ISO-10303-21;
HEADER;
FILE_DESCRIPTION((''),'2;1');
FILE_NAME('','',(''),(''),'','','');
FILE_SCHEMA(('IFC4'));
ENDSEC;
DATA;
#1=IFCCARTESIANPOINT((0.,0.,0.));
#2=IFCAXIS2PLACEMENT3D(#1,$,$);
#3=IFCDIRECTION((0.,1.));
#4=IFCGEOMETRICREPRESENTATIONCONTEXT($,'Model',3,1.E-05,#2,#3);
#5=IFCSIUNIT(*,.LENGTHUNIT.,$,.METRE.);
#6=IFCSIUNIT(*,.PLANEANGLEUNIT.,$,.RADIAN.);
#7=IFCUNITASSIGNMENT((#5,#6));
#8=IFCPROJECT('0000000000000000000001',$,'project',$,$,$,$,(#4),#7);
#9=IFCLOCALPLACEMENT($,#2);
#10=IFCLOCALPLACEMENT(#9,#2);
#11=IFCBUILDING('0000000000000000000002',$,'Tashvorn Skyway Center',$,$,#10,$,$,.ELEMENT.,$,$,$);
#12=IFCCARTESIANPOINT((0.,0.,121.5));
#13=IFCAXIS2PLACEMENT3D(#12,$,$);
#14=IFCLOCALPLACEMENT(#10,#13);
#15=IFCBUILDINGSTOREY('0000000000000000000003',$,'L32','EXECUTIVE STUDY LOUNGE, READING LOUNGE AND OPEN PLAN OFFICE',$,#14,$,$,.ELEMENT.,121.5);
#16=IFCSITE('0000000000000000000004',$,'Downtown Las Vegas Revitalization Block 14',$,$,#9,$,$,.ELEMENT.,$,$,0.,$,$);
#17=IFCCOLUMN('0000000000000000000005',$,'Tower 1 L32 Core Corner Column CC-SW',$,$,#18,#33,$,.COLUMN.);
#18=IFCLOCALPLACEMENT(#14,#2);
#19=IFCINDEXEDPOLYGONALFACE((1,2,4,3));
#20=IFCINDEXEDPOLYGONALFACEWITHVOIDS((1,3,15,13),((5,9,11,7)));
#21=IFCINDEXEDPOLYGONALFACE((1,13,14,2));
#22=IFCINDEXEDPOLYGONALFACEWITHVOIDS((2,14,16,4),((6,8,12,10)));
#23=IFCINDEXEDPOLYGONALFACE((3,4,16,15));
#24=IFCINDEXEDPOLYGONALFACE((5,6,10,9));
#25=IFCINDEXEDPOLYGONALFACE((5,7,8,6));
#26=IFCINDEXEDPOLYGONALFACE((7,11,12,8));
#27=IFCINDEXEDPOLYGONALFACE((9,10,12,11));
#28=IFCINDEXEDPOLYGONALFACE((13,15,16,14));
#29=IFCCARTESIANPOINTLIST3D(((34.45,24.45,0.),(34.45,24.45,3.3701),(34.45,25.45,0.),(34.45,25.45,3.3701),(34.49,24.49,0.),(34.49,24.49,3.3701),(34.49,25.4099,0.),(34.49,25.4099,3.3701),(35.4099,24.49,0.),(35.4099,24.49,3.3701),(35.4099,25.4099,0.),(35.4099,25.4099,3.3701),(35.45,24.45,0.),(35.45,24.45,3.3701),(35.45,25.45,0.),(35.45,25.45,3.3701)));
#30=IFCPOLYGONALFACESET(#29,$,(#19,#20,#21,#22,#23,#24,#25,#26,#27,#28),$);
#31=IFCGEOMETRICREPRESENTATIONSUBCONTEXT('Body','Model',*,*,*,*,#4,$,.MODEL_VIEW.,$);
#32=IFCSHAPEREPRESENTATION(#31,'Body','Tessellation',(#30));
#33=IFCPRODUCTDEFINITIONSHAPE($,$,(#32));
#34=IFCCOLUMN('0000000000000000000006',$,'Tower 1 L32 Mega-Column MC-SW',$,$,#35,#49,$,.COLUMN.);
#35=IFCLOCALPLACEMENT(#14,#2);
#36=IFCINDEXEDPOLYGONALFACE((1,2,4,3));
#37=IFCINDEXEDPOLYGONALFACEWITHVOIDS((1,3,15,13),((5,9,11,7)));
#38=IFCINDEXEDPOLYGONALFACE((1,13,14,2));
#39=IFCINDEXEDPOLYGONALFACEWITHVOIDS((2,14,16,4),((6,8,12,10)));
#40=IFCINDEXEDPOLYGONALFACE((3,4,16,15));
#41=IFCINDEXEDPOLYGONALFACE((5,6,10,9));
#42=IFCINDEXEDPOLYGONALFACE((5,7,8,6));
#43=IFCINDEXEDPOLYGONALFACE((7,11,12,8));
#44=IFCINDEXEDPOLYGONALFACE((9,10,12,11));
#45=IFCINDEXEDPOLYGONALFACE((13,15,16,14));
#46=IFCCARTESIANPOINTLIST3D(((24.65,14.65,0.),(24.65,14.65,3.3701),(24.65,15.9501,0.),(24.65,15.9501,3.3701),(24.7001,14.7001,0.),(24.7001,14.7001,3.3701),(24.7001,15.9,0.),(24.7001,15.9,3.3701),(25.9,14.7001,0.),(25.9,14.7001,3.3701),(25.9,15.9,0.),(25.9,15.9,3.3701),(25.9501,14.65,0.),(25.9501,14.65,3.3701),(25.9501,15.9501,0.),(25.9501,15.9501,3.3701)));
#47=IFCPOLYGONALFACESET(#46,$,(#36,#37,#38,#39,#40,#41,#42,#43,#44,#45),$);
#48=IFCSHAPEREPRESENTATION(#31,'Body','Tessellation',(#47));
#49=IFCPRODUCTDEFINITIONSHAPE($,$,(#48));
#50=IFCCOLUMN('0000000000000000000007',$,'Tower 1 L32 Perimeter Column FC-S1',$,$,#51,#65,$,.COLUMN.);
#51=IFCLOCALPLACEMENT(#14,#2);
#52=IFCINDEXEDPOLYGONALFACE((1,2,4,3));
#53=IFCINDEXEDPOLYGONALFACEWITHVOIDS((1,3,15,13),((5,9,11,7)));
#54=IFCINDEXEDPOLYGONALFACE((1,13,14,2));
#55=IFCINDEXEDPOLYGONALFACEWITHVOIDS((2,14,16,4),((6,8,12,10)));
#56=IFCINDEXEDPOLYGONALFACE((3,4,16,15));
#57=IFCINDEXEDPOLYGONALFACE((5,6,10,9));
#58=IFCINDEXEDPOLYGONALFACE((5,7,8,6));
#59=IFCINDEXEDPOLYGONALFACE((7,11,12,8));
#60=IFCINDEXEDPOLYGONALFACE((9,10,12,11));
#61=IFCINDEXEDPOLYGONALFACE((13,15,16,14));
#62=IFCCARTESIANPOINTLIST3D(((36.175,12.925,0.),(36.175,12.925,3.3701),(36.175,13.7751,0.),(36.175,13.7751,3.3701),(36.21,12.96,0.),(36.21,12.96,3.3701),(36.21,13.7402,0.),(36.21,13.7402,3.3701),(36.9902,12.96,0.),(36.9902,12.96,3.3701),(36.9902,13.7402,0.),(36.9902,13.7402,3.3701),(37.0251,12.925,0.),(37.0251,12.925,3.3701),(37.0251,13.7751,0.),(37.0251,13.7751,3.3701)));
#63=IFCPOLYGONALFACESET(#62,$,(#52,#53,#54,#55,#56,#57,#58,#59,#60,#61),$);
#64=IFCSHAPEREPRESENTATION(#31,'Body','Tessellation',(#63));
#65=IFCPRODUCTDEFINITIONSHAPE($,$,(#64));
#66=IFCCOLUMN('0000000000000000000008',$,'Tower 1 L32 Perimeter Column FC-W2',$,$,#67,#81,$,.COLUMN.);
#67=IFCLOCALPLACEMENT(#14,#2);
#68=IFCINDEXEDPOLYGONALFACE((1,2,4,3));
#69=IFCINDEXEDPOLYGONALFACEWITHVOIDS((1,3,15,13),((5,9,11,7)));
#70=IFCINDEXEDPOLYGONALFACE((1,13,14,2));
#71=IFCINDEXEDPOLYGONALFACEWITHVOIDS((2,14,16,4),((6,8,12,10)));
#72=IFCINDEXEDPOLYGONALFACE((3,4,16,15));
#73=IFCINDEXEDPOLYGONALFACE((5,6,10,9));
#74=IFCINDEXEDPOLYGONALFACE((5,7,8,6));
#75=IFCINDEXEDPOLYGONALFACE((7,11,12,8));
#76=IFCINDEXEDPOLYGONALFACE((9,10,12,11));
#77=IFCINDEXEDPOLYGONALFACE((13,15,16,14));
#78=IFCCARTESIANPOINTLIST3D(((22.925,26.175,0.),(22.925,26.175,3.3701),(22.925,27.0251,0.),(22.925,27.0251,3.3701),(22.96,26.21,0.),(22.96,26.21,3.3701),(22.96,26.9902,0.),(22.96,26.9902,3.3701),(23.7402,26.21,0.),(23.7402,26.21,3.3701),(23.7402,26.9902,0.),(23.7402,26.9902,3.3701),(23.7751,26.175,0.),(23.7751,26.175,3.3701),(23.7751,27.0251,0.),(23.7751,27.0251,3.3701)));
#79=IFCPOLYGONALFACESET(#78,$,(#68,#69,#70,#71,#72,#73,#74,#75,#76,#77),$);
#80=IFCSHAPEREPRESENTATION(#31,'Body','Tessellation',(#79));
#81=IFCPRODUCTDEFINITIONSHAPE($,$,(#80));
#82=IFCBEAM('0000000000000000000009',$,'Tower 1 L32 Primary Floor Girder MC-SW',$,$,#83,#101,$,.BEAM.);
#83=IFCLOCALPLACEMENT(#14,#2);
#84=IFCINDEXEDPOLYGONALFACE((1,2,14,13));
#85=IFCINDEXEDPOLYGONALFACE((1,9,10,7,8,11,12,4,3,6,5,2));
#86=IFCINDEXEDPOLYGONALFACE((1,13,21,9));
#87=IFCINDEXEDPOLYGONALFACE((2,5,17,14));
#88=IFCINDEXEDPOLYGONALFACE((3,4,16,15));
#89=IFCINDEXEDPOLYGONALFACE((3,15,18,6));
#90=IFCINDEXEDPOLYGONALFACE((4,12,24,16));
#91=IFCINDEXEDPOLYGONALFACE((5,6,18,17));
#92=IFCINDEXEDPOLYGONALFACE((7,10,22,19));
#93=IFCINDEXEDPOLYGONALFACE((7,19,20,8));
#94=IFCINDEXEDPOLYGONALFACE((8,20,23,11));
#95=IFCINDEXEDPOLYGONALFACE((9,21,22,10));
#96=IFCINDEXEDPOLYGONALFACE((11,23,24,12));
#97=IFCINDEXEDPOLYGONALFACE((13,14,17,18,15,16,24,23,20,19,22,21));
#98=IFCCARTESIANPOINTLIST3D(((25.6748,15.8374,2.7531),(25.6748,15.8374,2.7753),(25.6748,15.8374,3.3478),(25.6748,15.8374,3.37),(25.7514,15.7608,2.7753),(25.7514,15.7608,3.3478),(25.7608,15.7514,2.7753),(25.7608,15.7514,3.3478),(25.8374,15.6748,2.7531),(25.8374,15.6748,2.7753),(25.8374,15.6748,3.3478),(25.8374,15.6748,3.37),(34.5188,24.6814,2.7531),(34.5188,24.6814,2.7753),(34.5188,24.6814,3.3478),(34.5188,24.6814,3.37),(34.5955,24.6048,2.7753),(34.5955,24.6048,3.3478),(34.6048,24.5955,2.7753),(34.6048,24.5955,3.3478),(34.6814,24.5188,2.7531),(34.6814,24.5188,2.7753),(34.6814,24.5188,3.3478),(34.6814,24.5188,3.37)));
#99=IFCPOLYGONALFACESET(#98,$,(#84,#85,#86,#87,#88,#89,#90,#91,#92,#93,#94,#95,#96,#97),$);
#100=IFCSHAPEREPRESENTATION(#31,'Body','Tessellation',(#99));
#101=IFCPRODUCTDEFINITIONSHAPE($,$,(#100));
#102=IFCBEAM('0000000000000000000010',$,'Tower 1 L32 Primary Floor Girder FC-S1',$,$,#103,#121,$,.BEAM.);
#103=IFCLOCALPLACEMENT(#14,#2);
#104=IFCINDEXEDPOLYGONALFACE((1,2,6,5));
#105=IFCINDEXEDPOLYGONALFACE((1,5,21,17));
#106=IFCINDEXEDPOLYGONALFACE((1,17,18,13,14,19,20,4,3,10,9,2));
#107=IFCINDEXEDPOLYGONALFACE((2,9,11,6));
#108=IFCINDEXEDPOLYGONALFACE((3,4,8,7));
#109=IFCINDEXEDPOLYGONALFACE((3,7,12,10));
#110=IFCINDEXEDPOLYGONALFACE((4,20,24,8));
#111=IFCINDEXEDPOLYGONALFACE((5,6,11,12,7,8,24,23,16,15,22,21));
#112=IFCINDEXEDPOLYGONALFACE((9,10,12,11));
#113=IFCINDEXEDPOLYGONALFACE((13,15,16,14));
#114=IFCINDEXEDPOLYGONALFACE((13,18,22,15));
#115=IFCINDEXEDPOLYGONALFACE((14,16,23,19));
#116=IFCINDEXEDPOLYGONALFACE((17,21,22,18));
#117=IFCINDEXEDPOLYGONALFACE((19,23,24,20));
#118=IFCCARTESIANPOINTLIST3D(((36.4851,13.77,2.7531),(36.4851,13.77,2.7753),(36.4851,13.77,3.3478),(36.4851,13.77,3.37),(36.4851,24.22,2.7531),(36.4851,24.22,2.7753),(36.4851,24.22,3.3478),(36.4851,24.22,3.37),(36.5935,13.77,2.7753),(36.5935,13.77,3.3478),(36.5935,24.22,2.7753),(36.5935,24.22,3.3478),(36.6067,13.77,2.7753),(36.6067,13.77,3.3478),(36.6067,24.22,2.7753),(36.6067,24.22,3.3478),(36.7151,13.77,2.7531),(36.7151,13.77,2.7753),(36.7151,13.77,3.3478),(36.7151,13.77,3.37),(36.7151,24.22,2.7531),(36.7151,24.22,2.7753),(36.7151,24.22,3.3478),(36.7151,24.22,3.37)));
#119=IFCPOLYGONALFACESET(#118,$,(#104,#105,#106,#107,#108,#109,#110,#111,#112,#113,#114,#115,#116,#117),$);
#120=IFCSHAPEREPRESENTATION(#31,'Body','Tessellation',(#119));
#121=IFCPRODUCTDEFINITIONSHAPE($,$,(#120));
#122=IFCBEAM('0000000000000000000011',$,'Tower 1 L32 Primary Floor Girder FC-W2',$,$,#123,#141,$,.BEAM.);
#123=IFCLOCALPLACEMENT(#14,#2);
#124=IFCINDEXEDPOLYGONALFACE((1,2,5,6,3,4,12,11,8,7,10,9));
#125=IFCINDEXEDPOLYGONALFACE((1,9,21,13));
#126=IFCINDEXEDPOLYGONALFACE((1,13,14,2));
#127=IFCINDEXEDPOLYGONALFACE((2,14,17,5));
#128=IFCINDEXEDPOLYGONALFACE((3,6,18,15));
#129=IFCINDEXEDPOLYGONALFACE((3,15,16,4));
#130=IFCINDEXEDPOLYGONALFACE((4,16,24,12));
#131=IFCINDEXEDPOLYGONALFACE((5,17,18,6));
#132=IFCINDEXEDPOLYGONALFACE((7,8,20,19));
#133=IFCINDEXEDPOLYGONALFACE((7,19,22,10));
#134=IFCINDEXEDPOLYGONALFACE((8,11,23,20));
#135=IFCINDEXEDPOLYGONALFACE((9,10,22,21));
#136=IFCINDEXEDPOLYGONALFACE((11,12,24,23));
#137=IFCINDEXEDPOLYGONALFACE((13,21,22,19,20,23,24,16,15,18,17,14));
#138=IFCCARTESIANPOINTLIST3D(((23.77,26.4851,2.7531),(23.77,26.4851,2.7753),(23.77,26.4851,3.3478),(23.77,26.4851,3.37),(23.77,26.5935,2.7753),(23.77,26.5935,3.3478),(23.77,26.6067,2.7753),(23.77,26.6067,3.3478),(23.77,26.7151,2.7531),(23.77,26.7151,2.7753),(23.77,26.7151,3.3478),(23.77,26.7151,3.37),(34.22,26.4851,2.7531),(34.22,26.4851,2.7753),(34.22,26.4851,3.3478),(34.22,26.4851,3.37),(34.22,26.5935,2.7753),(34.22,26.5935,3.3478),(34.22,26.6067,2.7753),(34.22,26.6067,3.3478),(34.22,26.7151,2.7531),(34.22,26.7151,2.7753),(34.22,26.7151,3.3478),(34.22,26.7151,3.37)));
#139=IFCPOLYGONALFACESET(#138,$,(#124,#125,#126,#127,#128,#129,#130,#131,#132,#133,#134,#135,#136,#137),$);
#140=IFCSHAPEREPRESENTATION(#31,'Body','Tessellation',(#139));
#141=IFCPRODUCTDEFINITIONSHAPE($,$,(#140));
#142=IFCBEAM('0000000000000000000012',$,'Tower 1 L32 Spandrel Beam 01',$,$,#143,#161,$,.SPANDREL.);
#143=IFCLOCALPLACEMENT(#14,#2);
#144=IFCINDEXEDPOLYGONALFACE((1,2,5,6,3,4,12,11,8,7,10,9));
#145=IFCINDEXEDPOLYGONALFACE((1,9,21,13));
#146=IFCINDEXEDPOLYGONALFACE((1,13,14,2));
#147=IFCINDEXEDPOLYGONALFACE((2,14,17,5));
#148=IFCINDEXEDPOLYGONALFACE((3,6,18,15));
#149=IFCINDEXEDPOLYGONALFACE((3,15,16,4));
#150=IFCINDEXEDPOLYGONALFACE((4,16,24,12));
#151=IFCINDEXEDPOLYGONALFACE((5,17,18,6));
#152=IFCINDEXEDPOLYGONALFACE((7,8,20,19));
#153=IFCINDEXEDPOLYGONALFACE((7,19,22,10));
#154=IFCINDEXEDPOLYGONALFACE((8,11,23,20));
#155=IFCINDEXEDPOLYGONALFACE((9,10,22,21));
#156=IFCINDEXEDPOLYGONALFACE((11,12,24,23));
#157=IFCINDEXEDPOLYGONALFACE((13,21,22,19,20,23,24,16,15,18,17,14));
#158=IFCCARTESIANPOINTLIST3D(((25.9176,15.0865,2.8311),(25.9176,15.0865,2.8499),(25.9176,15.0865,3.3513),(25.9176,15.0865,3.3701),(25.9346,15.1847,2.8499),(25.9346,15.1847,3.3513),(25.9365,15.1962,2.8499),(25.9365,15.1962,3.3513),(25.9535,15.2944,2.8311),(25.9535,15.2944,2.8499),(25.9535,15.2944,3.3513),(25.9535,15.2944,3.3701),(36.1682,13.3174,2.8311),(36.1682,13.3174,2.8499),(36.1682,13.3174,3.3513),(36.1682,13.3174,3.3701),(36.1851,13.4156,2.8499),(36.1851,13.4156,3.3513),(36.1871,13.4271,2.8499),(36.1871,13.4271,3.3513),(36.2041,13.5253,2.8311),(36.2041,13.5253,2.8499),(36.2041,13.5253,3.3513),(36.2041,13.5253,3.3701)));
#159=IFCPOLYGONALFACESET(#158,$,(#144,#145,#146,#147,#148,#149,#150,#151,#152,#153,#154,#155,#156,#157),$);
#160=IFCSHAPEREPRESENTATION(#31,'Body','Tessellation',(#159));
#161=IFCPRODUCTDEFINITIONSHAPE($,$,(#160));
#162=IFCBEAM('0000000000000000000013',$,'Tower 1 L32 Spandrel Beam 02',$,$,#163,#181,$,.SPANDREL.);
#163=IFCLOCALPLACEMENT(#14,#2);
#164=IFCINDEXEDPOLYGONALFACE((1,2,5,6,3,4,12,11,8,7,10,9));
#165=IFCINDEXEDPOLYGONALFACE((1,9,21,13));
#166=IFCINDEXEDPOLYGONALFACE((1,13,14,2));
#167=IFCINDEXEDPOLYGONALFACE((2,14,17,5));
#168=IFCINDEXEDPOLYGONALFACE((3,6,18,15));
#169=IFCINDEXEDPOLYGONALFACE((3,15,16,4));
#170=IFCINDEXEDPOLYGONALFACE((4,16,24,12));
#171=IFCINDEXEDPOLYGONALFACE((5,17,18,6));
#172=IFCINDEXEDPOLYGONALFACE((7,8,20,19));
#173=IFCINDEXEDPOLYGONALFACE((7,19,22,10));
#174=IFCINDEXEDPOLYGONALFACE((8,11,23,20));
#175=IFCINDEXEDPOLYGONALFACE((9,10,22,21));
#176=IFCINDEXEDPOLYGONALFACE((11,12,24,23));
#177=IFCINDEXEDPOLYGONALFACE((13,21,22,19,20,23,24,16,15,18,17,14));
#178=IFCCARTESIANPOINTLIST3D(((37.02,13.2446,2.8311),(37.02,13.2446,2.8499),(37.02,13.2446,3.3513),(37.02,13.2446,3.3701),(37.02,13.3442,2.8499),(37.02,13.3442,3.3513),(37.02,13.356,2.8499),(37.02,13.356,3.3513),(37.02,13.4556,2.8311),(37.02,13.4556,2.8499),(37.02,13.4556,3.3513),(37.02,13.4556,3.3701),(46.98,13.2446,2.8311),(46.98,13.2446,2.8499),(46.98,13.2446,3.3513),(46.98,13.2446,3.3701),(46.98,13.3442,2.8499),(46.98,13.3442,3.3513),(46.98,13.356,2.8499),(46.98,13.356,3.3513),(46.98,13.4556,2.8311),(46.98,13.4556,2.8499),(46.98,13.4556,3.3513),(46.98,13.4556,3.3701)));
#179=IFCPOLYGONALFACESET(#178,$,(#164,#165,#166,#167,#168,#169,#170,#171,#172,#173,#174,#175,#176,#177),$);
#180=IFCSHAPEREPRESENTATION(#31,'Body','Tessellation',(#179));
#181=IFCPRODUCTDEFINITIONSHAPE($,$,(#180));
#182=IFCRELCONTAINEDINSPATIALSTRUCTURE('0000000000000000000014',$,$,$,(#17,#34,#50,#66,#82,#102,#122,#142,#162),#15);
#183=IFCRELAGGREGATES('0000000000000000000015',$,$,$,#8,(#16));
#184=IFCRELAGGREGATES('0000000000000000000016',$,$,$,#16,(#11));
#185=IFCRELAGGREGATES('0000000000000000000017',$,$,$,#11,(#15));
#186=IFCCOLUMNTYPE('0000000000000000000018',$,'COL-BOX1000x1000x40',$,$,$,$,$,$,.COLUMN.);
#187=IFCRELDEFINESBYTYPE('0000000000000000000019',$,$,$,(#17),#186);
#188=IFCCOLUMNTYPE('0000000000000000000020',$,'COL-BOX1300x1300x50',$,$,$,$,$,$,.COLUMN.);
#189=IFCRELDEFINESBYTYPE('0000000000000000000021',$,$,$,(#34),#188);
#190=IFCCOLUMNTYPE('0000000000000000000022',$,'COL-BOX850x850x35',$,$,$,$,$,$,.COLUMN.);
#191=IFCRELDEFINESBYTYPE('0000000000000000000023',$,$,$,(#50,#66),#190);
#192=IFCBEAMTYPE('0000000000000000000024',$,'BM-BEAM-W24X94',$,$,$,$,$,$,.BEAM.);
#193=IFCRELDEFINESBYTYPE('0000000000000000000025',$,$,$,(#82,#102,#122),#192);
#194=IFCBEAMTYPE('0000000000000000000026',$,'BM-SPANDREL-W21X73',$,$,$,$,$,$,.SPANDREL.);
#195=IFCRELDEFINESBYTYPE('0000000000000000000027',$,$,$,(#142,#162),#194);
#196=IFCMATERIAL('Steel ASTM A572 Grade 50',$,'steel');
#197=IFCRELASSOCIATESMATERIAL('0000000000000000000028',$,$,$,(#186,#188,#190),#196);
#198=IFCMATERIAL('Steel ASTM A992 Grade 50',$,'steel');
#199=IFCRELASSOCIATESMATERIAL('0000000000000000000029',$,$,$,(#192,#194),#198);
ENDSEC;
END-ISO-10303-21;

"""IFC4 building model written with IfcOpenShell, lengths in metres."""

from ifc_helpers import new_model, si_unit, direction, frame, origin, origin_2d, place, context, subcontext, project, spatial, hollow_rectangle, i_section, extrude, material, material_profile, profile_set, type_object, element, save


model = new_model("IFC4")

# Units and contexts
model_context = context("Model", 3, precision=1e-05, world=origin(), true_north=direction((0.0, 1.0)))
body_context = subcontext(model_context, "Body", "Model", "MODEL_VIEW")
ifc_project = project(units=[si_unit("LENGTHUNIT", "METRE"), si_unit("PLANEANGLEUNIT", "RADIAN")], contexts=[model_context])

# Site, building, storey
site_placement = place(None, origin())
site = spatial("IfcSite", under=ifc_project, at=site_placement, Name="Downtown Las Vegas Revitalization Block 14", CompositionType="ELEMENT", RefElevation=0.0)
building_placement = place(site_placement, origin())
building = spatial("IfcBuilding", under=site, at=building_placement, Name="Tashvorn Skyway Center", CompositionType="ELEMENT")
storey_placement = place(building_placement, frame((0.0, 0.0, 121.5)))
storey = spatial("IfcBuildingStorey", under=building, at=storey_placement, Name="L32", Description="EXECUTIVE STUDY LOUNGE, READING LOUNGE AND OPEN PLAN OFFICE", CompositionType="ELEMENT", Elevation=121.5)

# Columns
ifc_material_1 = material(Name="Steel ASTM A572 Grade 50", Category="steel")
ifc_material_profile_1 = material_profile(ifc_material_1, hollow_rectangle(XDim=1.0, YDim=1.0, WallThickness=0.04, at=origin_2d()), Name="BOX1000x1000x40")
ifc_profile_set_1 = profile_set([ifc_material_profile_1], Name="Steel ASTM A572 Grade 50")
column_type_1 = type_object("IfcColumnType", Name="COL-BOX1000x1000x40", PredefinedType="COLUMN", material=ifc_profile_set_1)
column_1_placement = place(storey_placement, frame((34.95, 24.95, 0.0), z_axis=(0.0, 0.0, 1.0), x_axis=(1.0, 0.0, 0.0)))
element("IfcColumn", 1, at=column_1_placement, inside=storey, type_object=column_type_1, Name="Tower 1 L32 Core Corner Column CC-SW", PredefinedType="COLUMN", context=body_context, shape_type="SweptSolid", body=[
    extrude(hollow_rectangle(XDim=1.0, YDim=1.0, WallThickness=0.04, at=origin_2d()), origin(), (0.0, 0.0, 1.0), 3.3701),
])
ifc_material_profile_2 = material_profile(ifc_material_1, hollow_rectangle(XDim=1.3, YDim=1.3, WallThickness=0.05, at=origin_2d()), Name="BOX1300x1300x50")
ifc_profile_set_2 = profile_set([ifc_material_profile_2], Name="Steel ASTM A572 Grade 50")
column_type_2 = type_object("IfcColumnType", Name="COL-BOX1300x1300x50", PredefinedType="COLUMN", material=ifc_profile_set_2)
column_2_placement = place(storey_placement, frame((25.3, 15.3, 0.0), z_axis=(0.0, 0.0, 1.0), x_axis=(1.0, 0.0, 0.0)))
element("IfcColumn", 2, at=column_2_placement, inside=storey, type_object=column_type_2, Name="Tower 1 L32 Mega-Column MC-SW", PredefinedType="COLUMN", context=body_context, shape_type="SweptSolid", body=[
    extrude(hollow_rectangle(XDim=1.3, YDim=1.3, WallThickness=0.05, at=origin_2d()), origin(), (0.0, 0.0, 1.0), 3.3701),
])
ifc_material_profile_3 = material_profile(ifc_material_1, hollow_rectangle(XDim=0.8501, YDim=0.8501, WallThickness=0.0349, at=origin_2d()), Name="BOX850x850x35")
ifc_profile_set_3 = profile_set([ifc_material_profile_3], Name="Steel ASTM A572 Grade 50")
column_type_3 = type_object("IfcColumnType", Name="COL-BOX850x850x35", PredefinedType="COLUMN", material=ifc_profile_set_3)
for number, where, z_axis, x_axis, name in (
    (3, (36.6001, 13.3501, 0.0), (0.0, 0.0, 1.0), (1.0, 0.0, 0.0), "Tower 1 L32 Perimeter Column FC-S1"),
    (4, (23.3501, 26.6001, 0.0), (0.0, 0.0, 1.0), (1.0, 0.0, 0.0), "Tower 1 L32 Perimeter Column FC-W2"),
):
    element("IfcColumn", number, at=place(storey_placement, frame(where, z_axis=z_axis, x_axis=x_axis)), inside=storey, type_object=column_type_3, Name=name, PredefinedType="COLUMN", context=body_context, shape_type="SweptSolid", body=[
        extrude(hollow_rectangle(XDim=0.8501, YDim=0.8501, WallThickness=0.0349, at=origin_2d()), origin(), (0.0, 0.0, 1.0), 3.3701),
    ])

# Beams
ifc_material_2 = material(Name="Steel ASTM A992 Grade 50", Category="steel")
ifc_material_profile_4 = material_profile(ifc_material_2, i_section(OverallWidth=0.23, OverallDepth=0.6169, WebThickness=0.0132, FlangeThickness=0.0222, at=origin_2d()), Name="W24X94")
ifc_profile_set_4 = profile_set([ifc_material_profile_4], Name="Steel ASTM A992 Grade 50")
beam_type_1 = type_object("IfcBeamType", Name="BM-BEAM-W24X94", PredefinedType="BEAM", material=ifc_profile_set_4)
beam_1_placement = place(storey_placement, frame((25.7561, 15.7561, 3.0615), z_axis=(0.707107, 0.707107, 0.0), x_axis=(-0.707107, 0.707107, 0.0)))
element("IfcBeam", 5, at=beam_1_placement, inside=storey, type_object=beam_type_1, Name="Tower 1 L32 Primary Floor Girder MC-SW", PredefinedType="BEAM", context=body_context, shape_type="SweptSolid", body=[
    extrude(i_section(OverallWidth=0.23, OverallDepth=0.6169, WebThickness=0.0132, FlangeThickness=0.0222, at=origin_2d()), origin(), (0.0, 0.0, 1.0), 12.5073),
])
for number, where, z_axis, x_axis, name in (
    (6, (36.6001, 13.77, 3.0615), (0.0, 1.0, 0.0), (-1.0, 0.0, 0.0), "Tower 1 L32 Primary Floor Girder FC-S1"),
    (7, (23.77, 26.6001, 3.0615), (1.0, 0.0, 0.0), (0.0, 1.0, 0.0), "Tower 1 L32 Primary Floor Girder FC-W2"),
):
    element("IfcBeam", number, at=place(storey_placement, frame(where, z_axis=z_axis, x_axis=x_axis)), inside=storey, type_object=beam_type_1, Name=name, PredefinedType="BEAM", context=body_context, shape_type="SweptSolid", body=[
        extrude(i_section(OverallWidth=0.23, OverallDepth=0.6169, WebThickness=0.0132, FlangeThickness=0.0222, at=origin_2d()), origin(), (0.0, 0.0, 1.0), 10.45),
    ])
ifc_material_profile_5 = material_profile(ifc_material_2, i_section(OverallWidth=0.2109, OverallDepth=0.5391, WebThickness=0.0117, FlangeThickness=0.0188, at=origin_2d()), Name="W21X73")
ifc_profile_set_5 = profile_set([ifc_material_profile_5], Name="Steel ASTM A992 Grade 50")
beam_type_2 = type_object("IfcBeamType", Name="BM-SPANDREL-W21X73", PredefinedType="SPANDREL", material=ifc_profile_set_5)
beam_2_placement = place(storey_placement, frame((25.9355, 15.1904, 3.1006), z_axis=(0.985432, -0.170067, 0.0), x_axis=(0.170067, 0.985432, 0.0)))
element("IfcBeam", 8, at=beam_2_placement, inside=storey, type_object=beam_type_2, Name="Tower 1 L32 Spandrel Beam 01", PredefinedType="SPANDREL", context=body_context, shape_type="SweptSolid", body=[
    extrude(i_section(OverallWidth=0.2109, OverallDepth=0.5391, WebThickness=0.0117, FlangeThickness=0.0188, at=origin_2d()), origin(), (0.0, 0.0, 1.0), 10.4021),
])
beam_3_placement = place(storey_placement, frame((37.02, 13.3501, 3.1006), z_axis=(1.0, 0.0, 0.0), x_axis=(0.0, 1.0, 0.0)))
element("IfcBeam", 9, at=beam_3_placement, inside=storey, type_object=beam_type_2, Name="Tower 1 L32 Spandrel Beam 02", PredefinedType="SPANDREL", context=body_context, shape_type="SweptSolid", body=[
    extrude(i_section(OverallWidth=0.2109, OverallDepth=0.5391, WebThickness=0.0117, FlangeThickness=0.0188, at=origin_2d()), origin(), (0.0, 0.0, 1.0), 9.96),
])

save(model, "model.ifc")
